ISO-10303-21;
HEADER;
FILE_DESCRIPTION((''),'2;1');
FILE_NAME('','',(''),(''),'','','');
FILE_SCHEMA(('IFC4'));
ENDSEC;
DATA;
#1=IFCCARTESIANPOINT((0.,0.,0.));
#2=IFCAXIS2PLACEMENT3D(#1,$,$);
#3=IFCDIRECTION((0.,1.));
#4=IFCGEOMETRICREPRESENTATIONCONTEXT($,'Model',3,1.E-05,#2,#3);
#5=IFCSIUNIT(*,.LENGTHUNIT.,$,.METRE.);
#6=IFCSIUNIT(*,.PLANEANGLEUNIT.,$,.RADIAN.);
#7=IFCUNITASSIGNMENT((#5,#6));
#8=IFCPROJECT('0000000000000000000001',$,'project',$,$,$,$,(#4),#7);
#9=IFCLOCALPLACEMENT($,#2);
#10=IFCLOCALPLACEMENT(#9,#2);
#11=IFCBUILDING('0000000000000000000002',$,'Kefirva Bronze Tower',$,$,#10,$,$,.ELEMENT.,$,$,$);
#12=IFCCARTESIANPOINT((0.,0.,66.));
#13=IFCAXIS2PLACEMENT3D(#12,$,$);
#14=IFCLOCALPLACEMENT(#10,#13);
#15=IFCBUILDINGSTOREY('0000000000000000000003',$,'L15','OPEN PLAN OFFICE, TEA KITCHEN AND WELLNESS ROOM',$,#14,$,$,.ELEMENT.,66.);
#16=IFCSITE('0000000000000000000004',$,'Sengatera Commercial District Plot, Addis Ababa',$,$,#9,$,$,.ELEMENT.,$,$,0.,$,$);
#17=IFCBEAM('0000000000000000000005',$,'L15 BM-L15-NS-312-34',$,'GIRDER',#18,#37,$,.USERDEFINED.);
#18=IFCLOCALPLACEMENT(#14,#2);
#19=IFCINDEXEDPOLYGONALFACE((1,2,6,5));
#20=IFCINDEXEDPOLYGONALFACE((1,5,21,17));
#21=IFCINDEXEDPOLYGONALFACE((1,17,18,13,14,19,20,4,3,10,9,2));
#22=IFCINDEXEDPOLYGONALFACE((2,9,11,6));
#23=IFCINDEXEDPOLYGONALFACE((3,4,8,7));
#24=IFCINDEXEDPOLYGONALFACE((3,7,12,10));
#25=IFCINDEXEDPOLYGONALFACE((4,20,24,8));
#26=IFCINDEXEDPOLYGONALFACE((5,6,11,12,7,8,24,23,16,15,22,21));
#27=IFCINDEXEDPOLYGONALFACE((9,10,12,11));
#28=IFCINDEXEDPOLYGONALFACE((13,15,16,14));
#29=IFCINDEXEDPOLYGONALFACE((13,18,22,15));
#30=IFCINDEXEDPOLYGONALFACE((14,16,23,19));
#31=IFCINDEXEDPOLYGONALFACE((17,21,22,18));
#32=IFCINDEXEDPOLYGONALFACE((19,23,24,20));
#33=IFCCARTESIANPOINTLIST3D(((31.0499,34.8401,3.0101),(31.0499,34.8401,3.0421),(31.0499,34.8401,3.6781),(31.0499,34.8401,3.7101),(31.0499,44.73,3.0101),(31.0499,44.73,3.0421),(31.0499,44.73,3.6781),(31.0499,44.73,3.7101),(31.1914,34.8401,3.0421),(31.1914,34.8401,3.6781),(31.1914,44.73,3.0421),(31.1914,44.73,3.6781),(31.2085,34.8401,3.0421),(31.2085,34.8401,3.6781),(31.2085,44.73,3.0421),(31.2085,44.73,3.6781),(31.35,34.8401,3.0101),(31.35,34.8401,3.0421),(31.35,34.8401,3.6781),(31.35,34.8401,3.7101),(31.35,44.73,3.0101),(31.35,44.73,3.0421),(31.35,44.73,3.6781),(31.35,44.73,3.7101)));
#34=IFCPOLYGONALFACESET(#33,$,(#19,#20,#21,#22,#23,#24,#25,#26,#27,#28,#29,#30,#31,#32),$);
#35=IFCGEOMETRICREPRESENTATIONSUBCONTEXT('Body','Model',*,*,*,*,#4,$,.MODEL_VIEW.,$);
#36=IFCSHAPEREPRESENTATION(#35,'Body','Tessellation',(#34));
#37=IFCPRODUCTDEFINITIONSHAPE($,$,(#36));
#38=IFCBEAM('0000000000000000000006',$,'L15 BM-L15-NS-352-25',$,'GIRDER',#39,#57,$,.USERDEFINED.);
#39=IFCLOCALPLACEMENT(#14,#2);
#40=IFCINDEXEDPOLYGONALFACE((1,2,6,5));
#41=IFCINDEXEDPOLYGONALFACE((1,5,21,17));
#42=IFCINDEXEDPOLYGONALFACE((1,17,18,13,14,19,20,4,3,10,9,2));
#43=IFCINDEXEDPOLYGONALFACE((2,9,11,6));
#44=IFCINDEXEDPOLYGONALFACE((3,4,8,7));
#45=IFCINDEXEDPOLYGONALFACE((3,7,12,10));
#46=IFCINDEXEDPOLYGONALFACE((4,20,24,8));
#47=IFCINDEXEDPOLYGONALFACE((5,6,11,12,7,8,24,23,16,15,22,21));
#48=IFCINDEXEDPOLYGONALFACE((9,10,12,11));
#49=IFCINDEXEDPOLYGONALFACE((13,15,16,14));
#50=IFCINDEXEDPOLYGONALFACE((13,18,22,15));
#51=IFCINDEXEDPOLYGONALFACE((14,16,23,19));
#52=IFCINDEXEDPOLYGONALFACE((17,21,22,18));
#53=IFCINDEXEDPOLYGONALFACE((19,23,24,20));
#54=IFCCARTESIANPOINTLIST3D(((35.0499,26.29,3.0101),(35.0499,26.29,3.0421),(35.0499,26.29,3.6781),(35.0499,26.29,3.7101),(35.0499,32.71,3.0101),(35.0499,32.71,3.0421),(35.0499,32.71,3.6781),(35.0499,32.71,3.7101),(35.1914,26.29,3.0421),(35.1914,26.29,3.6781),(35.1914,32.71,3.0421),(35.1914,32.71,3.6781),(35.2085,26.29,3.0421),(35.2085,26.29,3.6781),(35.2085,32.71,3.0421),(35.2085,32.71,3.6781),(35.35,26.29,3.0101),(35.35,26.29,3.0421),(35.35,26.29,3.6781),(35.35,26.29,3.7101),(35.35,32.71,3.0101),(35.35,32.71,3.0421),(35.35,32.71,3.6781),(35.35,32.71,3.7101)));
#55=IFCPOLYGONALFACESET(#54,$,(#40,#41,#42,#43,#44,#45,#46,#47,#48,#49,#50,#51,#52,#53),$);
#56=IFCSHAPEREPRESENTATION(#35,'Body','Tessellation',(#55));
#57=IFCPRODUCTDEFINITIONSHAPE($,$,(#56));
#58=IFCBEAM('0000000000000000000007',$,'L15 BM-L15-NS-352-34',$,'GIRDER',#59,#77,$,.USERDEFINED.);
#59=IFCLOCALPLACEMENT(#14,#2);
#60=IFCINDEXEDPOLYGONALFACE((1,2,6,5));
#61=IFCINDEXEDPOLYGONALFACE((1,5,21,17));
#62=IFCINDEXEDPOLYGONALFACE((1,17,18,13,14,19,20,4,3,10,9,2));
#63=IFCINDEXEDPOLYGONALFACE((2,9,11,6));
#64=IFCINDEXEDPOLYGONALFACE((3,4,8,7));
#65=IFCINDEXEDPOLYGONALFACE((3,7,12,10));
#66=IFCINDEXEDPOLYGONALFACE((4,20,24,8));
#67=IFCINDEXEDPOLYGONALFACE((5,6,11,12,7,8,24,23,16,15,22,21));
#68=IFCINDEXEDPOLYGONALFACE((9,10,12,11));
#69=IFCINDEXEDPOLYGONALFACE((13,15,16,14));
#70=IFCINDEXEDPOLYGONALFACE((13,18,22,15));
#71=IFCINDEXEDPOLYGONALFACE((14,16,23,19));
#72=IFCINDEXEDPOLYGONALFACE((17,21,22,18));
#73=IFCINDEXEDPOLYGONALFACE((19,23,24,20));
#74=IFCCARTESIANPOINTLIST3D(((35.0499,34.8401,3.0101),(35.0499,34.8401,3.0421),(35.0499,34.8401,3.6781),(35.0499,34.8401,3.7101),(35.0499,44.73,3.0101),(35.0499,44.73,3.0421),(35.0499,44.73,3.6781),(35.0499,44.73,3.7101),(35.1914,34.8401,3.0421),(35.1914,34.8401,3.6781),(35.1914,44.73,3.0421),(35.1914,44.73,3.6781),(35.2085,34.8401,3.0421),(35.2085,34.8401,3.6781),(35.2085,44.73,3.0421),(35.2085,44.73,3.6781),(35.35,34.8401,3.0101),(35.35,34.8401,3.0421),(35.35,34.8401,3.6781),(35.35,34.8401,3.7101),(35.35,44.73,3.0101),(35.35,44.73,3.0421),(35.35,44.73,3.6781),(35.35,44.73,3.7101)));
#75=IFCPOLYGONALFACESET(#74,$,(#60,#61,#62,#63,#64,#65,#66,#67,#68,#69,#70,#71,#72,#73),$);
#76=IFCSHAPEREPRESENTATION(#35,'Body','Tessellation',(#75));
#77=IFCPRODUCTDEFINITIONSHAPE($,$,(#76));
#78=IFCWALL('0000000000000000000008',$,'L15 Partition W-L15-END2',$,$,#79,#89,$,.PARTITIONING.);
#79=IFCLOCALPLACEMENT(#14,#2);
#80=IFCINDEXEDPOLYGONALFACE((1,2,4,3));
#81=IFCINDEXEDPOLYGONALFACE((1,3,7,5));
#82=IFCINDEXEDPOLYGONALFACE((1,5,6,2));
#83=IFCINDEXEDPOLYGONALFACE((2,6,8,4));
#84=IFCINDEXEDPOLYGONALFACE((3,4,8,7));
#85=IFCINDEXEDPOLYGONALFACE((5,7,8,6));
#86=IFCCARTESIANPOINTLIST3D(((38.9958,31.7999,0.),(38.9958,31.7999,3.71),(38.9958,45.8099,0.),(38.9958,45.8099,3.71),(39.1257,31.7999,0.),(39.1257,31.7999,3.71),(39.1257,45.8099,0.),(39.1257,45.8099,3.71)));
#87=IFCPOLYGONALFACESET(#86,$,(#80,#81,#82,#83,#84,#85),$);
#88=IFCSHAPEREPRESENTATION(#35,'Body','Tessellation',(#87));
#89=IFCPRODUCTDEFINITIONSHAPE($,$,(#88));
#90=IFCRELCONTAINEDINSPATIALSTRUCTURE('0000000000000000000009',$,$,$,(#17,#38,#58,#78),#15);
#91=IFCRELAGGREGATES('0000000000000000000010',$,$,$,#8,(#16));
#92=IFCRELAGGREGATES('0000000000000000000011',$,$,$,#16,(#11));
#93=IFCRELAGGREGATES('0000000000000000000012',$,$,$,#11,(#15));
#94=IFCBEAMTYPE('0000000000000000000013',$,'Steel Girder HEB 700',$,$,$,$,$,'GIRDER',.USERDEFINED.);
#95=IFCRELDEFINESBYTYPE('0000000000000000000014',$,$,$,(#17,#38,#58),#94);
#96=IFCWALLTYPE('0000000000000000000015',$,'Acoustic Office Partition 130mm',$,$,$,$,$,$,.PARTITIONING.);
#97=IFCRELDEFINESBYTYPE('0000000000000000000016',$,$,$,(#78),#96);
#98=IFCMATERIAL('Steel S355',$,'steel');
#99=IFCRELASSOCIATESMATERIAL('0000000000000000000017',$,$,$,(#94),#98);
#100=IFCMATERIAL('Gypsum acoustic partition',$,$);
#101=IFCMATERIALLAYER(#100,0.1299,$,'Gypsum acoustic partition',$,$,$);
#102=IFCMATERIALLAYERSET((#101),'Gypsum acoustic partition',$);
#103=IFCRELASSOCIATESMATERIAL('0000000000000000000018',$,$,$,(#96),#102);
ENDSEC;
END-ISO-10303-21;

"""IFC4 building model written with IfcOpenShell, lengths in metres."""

from ifc_helpers import new_model, si_unit, direction, frame, frame_2d, origin, origin_2d, place, context, subcontext, project, spatial, rectangle, i_section, extrude, material, layer, layer_set, material_profile, profile_set, type_object, element, save


model = new_model("IFC4")

# Units and contexts
model_context = context("Model", 3, precision=1e-05, world=origin(), true_north=direction((0.0, 1.0)))
body_context = subcontext(model_context, "Body", "Model", "MODEL_VIEW")
ifc_project = project(units=[si_unit("LENGTHUNIT", "METRE"), si_unit("PLANEANGLEUNIT", "RADIAN")], contexts=[model_context])

# Site, building, storey
site_placement = place(None, origin())
site = spatial("IfcSite", under=ifc_project, at=site_placement, Name="Sengatera Commercial District Plot, Addis Ababa", CompositionType="ELEMENT", RefElevation=0.0)
building_placement = place(site_placement, origin())
building = spatial("IfcBuilding", under=site, at=building_placement, Name="Kefirva Bronze Tower", CompositionType="ELEMENT")
storey_placement = place(building_placement, frame((0.0, 0.0, 66.0)))
storey = spatial("IfcBuildingStorey", under=building, at=storey_placement, Name="L15", Description="OPEN PLAN OFFICE, TEA KITCHEN AND WELLNESS ROOM", CompositionType="ELEMENT", Elevation=66.0)

# Beams
ifc_material_1 = material(Name="Steel S355", Category="steel")
ifc_material_profile_1 = material_profile(ifc_material_1, i_section(OverallWidth=0.3, OverallDepth=0.7, WebThickness=0.0171, FlangeThickness=0.032, at=origin_2d()), Name="HEB 700")
ifc_profile_set_1 = profile_set([ifc_material_profile_1], Name="Steel S355")
beam_type_1 = type_object("IfcBeamType", Name="Steel Girder HEB 700", ElementType="GIRDER", PredefinedType="USERDEFINED", material=ifc_profile_set_1)
beam_1_placement = place(storey_placement, frame((31.2, 34.8401, 3.3601), z_axis=(0.0, 1.0, 0.0), x_axis=(-1.0, 0.0, 0.0)))
element("IfcBeam", 1, at=beam_1_placement, inside=storey, type_object=beam_type_1, Name="L15 BM-L15-NS-312-34", ObjectType="GIRDER", PredefinedType="USERDEFINED", context=body_context, shape_type="SweptSolid", body=[
    extrude(i_section(OverallWidth=0.3, OverallDepth=0.7, WebThickness=0.0171, FlangeThickness=0.032, at=origin_2d()), origin(), (0.0, 0.0, 1.0), 9.8899),
])
beam_2_placement = place(storey_placement, frame((35.2, 26.29, 3.3601), z_axis=(0.0, 1.0, 0.0), x_axis=(-1.0, 0.0, 0.0)))
element("IfcBeam", 2, at=beam_2_placement, inside=storey, type_object=beam_type_1, Name="L15 BM-L15-NS-352-25", ObjectType="GIRDER", PredefinedType="USERDEFINED", context=body_context, shape_type="SweptSolid", body=[
    extrude(i_section(OverallWidth=0.3, OverallDepth=0.7, WebThickness=0.0171, FlangeThickness=0.032, at=origin_2d()), origin(), (0.0, 0.0, 1.0), 6.4199),
])
beam_3_placement = place(storey_placement, frame((35.2, 34.8401, 3.3601), z_axis=(0.0, 1.0, 0.0), x_axis=(-1.0, 0.0, 0.0)))
element("IfcBeam", 3, at=beam_3_placement, inside=storey, type_object=beam_type_1, Name="L15 BM-L15-NS-352-34", ObjectType="GIRDER", PredefinedType="USERDEFINED", context=body_context, shape_type="SweptSolid", body=[
    extrude(i_section(OverallWidth=0.3, OverallDepth=0.7, WebThickness=0.0171, FlangeThickness=0.032, at=origin_2d()), origin(), (0.0, 0.0, 1.0), 9.8899),
])

# Wall
ifc_material_2 = material(Name="Gypsum acoustic partition")
ifc_layer = layer(ifc_material_2, 0.1299, Name="Gypsum acoustic partition")
ifc_layer_set = layer_set([ifc_layer], Name="Gypsum acoustic partition")
wall_type = type_object("IfcWallType", Name="Acoustic Office Partition 130mm", PredefinedType="PARTITIONING", material=ifc_layer_set)
wall_placement = place(storey_placement, frame((39.0608, 31.8, 0.0), z_axis=(0.0, 0.0, 1.0), x_axis=(0.0, 1.0, 0.0)))
element("IfcWall", 4, at=wall_placement, inside=storey, type_object=wall_type, Name="L15 Partition W-L15-END2", PredefinedType="PARTITIONING", context=body_context, shape_type="SweptSolid", body=[
    extrude(rectangle(XDim=14.01, YDim=0.1299, at=frame_2d((7.0049, 0.0))), origin(), (0.0, 0.0, 1.0), 3.71),
])

save(model, "model.ifc")
